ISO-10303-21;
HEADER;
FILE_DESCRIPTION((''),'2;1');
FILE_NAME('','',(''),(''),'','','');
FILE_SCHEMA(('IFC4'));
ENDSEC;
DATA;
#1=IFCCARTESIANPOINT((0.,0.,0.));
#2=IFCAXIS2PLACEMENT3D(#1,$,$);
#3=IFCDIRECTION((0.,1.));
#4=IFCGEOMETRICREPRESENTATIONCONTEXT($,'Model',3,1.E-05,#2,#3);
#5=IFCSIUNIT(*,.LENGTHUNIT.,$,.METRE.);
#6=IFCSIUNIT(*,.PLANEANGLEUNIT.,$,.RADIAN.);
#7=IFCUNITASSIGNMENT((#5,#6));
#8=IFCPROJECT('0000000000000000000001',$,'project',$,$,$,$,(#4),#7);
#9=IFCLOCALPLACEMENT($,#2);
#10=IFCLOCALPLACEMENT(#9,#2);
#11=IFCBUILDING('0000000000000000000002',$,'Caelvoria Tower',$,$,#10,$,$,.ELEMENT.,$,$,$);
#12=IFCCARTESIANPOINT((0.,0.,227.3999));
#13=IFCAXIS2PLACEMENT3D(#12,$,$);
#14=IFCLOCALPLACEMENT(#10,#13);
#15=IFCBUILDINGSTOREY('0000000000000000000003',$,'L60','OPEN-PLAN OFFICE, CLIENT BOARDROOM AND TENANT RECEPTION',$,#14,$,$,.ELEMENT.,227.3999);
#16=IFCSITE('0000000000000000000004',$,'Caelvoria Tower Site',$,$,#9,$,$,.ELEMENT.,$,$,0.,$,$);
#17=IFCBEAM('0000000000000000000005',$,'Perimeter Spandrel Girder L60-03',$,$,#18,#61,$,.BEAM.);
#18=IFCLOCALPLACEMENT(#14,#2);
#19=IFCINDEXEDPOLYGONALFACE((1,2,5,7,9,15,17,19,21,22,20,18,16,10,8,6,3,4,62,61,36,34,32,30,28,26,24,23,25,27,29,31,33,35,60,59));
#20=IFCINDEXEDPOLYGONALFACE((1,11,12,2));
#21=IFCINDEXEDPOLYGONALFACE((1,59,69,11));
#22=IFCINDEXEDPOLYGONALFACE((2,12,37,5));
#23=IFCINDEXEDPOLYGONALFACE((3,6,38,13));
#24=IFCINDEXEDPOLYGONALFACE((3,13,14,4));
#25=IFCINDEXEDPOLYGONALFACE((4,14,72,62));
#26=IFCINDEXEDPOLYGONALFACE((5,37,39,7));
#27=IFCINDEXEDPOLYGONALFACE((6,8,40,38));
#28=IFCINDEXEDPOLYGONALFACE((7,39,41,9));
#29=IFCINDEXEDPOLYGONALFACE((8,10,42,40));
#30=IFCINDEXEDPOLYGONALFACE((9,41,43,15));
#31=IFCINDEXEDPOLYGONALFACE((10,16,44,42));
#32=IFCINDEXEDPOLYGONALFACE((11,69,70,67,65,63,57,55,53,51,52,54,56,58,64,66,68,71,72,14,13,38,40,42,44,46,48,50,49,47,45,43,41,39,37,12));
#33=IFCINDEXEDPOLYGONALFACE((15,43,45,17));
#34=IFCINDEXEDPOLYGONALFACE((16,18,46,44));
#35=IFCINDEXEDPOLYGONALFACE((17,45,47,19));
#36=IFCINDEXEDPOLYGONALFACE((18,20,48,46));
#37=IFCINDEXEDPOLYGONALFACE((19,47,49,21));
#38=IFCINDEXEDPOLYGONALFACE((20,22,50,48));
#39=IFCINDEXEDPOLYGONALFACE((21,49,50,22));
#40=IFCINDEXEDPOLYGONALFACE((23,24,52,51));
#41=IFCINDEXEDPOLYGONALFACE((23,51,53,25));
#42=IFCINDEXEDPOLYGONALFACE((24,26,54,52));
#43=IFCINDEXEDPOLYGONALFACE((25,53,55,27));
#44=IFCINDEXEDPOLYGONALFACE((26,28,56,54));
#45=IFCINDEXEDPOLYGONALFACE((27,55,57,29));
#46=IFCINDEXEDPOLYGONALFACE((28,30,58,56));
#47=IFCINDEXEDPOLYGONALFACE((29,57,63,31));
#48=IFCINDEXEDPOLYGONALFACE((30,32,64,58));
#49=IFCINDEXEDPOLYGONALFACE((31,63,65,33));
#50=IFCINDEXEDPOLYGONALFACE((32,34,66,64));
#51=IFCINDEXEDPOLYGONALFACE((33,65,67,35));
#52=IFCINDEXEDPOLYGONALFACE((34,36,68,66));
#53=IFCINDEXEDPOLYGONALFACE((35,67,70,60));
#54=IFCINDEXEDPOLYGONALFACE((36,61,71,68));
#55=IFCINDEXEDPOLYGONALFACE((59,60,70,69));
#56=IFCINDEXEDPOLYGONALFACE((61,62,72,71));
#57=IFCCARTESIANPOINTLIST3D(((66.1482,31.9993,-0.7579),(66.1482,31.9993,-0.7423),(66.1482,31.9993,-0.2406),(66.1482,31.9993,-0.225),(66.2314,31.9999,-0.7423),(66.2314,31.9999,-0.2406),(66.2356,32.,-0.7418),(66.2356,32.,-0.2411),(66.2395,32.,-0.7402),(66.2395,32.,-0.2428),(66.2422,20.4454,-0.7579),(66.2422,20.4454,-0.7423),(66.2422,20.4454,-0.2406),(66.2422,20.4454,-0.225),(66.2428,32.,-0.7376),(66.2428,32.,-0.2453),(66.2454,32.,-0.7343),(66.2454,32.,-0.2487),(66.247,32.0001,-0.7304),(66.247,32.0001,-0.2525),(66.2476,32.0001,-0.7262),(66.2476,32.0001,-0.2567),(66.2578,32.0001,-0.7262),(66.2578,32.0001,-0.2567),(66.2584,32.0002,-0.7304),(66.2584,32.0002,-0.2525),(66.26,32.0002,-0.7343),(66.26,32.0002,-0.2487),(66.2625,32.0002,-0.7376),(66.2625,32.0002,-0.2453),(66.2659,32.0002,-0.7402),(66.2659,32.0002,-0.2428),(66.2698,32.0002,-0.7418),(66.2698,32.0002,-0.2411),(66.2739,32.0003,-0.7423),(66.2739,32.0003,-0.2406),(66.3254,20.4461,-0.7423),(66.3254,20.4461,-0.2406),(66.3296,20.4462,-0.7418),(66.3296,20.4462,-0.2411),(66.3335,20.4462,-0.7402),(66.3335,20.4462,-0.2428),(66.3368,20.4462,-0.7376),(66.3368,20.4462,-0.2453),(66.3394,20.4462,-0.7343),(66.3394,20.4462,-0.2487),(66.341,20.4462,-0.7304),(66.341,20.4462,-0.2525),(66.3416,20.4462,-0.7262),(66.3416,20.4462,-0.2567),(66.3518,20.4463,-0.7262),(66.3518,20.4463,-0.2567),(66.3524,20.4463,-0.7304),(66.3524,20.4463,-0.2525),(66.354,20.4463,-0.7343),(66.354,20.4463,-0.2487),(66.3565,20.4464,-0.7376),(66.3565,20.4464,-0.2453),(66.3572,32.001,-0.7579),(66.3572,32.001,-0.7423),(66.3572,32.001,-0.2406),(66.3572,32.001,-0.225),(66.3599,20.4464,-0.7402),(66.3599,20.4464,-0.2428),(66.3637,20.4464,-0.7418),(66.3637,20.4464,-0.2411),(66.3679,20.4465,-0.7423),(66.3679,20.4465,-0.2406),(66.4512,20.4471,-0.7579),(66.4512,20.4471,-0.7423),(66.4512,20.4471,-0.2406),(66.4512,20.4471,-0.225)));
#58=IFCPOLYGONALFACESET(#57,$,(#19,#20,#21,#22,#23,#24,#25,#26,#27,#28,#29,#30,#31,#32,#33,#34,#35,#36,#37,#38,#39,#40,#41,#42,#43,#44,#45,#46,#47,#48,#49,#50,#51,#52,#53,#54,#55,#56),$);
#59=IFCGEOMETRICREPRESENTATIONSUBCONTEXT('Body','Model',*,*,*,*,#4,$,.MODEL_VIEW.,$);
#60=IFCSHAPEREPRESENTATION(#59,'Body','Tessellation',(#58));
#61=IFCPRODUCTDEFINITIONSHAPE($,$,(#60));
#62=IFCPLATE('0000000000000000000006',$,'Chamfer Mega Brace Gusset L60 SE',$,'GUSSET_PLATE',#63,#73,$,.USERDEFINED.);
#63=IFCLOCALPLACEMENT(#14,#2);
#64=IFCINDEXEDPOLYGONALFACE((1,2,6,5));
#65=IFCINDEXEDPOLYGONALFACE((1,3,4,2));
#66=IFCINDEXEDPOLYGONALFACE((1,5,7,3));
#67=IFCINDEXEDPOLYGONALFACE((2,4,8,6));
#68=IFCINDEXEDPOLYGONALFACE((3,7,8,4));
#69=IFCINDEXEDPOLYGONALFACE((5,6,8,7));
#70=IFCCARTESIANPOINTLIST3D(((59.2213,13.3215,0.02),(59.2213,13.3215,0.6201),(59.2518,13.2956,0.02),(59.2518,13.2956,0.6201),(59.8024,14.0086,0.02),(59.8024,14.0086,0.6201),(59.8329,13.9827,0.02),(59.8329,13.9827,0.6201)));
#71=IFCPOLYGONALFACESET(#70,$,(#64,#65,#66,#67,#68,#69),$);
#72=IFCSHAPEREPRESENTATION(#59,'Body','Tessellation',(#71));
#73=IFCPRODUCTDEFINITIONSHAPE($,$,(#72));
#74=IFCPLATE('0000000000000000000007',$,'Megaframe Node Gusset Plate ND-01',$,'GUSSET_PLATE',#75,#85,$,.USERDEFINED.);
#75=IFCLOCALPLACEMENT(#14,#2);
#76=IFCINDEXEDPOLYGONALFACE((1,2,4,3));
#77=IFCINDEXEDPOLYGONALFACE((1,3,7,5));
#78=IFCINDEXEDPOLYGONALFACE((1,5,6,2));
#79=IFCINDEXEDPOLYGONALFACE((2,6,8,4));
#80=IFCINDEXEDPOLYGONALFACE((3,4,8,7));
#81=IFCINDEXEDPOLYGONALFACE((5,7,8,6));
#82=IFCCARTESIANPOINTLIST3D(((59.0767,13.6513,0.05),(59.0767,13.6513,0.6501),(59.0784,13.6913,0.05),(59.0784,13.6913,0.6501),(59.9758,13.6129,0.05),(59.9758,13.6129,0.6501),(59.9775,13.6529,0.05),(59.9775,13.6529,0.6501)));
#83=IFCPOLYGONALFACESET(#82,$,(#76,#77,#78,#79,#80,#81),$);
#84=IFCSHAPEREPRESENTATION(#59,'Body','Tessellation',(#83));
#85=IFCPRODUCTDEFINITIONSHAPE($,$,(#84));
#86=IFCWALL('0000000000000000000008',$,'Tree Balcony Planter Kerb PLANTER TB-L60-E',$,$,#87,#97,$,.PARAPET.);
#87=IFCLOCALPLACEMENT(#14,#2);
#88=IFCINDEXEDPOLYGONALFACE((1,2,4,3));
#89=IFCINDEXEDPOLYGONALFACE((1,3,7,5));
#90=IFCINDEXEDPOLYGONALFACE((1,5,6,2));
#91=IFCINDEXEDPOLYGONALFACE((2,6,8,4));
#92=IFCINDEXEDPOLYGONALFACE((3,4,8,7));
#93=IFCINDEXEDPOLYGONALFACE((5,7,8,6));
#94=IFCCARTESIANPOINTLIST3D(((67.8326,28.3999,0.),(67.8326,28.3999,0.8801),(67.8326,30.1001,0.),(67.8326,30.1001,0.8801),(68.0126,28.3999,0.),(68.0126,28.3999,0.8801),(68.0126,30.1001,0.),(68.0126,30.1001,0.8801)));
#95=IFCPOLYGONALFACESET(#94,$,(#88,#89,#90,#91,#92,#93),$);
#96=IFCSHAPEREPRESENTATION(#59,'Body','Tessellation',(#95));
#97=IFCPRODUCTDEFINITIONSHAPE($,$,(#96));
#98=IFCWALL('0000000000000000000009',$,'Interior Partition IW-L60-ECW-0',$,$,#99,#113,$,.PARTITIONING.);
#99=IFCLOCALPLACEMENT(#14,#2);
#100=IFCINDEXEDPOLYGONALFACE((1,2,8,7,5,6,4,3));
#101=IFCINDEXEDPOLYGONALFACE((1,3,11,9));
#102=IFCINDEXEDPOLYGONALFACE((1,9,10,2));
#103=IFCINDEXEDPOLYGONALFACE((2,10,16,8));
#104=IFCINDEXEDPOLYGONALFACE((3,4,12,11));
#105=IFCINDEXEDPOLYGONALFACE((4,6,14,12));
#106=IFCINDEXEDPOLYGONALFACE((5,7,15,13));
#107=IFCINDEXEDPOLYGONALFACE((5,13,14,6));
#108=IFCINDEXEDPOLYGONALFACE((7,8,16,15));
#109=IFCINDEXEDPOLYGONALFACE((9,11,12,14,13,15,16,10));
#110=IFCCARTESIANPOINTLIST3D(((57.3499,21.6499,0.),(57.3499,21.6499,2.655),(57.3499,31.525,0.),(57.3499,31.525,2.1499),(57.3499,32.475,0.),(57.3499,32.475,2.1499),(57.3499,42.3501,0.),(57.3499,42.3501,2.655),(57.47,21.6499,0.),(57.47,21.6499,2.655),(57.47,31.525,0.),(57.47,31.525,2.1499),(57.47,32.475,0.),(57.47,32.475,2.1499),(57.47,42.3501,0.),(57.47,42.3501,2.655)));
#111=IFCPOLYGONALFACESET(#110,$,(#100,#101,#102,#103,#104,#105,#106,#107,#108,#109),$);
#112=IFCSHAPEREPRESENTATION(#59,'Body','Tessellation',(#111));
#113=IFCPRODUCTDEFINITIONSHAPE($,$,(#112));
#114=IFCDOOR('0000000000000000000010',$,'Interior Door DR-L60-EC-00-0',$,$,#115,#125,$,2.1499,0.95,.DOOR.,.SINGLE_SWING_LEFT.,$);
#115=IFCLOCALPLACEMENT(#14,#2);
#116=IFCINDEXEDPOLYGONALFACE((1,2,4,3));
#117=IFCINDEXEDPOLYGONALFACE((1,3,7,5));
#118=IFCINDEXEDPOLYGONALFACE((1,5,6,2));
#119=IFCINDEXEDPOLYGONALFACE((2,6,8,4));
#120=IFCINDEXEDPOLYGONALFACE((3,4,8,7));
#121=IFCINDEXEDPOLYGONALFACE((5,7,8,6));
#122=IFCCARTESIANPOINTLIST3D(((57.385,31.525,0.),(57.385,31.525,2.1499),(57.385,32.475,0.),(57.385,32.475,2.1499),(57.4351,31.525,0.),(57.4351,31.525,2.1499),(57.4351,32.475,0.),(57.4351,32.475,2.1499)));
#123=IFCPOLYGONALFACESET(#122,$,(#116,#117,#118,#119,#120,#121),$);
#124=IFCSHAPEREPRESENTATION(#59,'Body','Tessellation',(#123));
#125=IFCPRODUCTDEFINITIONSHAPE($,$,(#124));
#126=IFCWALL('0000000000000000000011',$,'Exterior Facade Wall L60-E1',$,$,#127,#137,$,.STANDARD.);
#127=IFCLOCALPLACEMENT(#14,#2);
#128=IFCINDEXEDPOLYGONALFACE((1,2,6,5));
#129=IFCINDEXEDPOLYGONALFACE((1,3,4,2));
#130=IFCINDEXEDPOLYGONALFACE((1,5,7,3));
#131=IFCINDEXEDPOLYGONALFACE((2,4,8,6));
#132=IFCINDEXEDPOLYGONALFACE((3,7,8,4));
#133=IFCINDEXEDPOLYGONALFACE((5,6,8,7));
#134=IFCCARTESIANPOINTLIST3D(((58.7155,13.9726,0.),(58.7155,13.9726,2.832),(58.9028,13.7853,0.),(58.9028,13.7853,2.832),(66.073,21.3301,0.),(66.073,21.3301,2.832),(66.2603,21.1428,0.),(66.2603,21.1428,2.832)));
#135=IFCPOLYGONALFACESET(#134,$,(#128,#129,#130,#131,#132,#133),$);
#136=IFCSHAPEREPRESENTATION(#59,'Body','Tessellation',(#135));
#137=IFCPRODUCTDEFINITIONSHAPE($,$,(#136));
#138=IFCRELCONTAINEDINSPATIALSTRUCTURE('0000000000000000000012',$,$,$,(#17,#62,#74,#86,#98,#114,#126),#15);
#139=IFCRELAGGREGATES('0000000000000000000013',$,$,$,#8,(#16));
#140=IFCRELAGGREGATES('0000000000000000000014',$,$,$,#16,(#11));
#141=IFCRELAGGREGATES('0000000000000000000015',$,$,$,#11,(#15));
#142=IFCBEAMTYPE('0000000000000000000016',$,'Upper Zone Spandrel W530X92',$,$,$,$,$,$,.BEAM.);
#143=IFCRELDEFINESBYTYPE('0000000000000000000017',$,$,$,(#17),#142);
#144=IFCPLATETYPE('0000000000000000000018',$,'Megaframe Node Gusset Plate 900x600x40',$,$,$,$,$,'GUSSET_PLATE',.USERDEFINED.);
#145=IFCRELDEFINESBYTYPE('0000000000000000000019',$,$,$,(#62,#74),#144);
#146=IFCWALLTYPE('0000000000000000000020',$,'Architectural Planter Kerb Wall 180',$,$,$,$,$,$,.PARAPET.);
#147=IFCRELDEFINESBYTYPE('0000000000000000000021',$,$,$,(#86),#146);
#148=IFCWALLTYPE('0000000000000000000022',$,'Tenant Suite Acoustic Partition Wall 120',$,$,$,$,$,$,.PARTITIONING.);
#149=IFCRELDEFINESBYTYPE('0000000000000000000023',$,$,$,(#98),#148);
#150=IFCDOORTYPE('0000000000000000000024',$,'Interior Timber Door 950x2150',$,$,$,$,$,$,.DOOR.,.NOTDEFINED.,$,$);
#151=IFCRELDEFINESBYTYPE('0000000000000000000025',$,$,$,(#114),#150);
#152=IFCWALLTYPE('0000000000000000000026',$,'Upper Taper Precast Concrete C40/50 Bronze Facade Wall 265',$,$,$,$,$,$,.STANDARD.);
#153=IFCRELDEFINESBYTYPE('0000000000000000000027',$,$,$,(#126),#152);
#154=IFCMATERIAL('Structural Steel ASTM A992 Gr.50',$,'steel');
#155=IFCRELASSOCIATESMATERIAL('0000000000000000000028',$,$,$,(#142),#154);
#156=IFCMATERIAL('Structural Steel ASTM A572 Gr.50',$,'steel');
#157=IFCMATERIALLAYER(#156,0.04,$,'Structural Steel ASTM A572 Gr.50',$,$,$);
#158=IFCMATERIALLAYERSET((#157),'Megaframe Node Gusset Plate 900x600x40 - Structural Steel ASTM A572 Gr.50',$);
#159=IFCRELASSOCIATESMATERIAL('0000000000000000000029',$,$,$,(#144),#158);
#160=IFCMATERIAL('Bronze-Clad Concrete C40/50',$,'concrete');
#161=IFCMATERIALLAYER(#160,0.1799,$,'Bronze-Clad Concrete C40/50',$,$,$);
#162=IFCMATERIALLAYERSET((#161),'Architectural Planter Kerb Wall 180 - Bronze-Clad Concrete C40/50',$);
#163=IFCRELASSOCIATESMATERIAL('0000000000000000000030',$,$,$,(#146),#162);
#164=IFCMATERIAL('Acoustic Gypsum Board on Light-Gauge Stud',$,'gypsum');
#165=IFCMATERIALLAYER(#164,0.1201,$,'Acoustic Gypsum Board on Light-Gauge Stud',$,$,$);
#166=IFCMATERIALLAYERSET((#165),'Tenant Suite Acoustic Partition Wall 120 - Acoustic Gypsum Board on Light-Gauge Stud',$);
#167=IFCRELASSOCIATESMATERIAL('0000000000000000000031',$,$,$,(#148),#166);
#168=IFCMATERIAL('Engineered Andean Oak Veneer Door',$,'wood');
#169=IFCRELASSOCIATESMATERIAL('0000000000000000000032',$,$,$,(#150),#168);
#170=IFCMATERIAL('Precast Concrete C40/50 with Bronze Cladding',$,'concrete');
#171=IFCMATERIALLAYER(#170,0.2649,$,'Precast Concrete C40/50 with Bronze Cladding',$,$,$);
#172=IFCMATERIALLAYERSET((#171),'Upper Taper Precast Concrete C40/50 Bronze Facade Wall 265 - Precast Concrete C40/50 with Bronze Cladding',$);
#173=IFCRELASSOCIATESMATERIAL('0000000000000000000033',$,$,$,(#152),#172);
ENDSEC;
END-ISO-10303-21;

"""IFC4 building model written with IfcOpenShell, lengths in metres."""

from ifc_helpers import new_model, si_unit, direction, frame, frame_2d, origin, origin_2d, place, context, subcontext, project, spatial, rectangle, i_section, extrude, material, layer, layer_set, material_profile, profile_set, type_object, element, fill, save


model = new_model("IFC4")

# Units and contexts
model_context = context("Model", 3, precision=1e-05, world=origin(), true_north=direction((0.0, 1.0)))
body_context = subcontext(model_context, "Body", "Model", "MODEL_VIEW")
ifc_project = project(units=[si_unit("LENGTHUNIT", "METRE"), si_unit("PLANEANGLEUNIT", "RADIAN")], contexts=[model_context])

# Site, building, storey
site_placement = place(None, origin())
site = spatial("IfcSite", under=ifc_project, at=site_placement, Name="Caelvoria Tower Site", CompositionType="ELEMENT", RefElevation=0.0)
building_placement = place(site_placement, origin())
building = spatial("IfcBuilding", under=site, at=building_placement, Name="Caelvoria Tower", CompositionType="ELEMENT")
storey_placement = place(building_placement, frame((0.0, 0.0, 227.3999)))
storey = spatial("IfcBuildingStorey", under=building, at=storey_placement, Name="L60", Description="OPEN-PLAN OFFICE, CLIENT BOARDROOM AND TENANT RECEPTION", CompositionType="ELEMENT", Elevation=227.3999)

# Shared definitions
ifc_material_1 = material(Name="Structural Steel ASTM A572 Gr.50", Category="steel")

# Shared definitions
ifc_material_2 = material(Name="Structural Steel ASTM A992 Gr.50", Category="steel")

# Beam
ifc_material_profile_1 = material_profile(ifc_material_2, i_section(OverallWidth=0.209, OverallDepth=0.533, WebThickness=0.0103, FlangeThickness=0.0156, FilletRadius=0.0161, at=origin_2d()), Name="Structural Steel ASTM A992 Gr.50")
ifc_profile_set_1 = profile_set([ifc_material_profile_1], Name="W530X92 - Structural Steel ASTM A992 Gr.50")
beam_type_1 = type_object("IfcBeamType", Name="Upper Zone Spandrel W530X92", PredefinedType="BEAM", material=ifc_profile_set_1)
beam_1_placement = place(storey_placement, frame((66.3467, 20.4463, -0.4915), z_axis=(-0.008135, 0.999967, 0.0), x_axis=(-0.999967, -0.008135, 0.0)))
element("IfcBeam", 1, at=beam_1_placement, inside=storey, type_object=beam_type_1, Name="Perimeter Spandrel Girder L60-03", PredefinedType="BEAM", context=body_context, shape_type="SweptSolid", body=[
    extrude(i_section(OverallWidth=0.209, OverallDepth=0.533, WebThickness=0.0103, FlangeThickness=0.0156, FilletRadius=0.0161, at=origin_2d()), origin(), (0.0, 0.0, 1.0), 11.5542),
])

# Plates
ifc_layer_1 = layer(ifc_material_1, 0.04, Name="Structural Steel ASTM A572 Gr.50")
ifc_layer_set_1 = layer_set([ifc_layer_1], Name="Megaframe Node Gusset Plate 900x600x40 - Structural Steel ASTM A572 Gr.50")
plate_type = type_object("IfcPlateType", Name="Megaframe Node Gusset Plate 900x600x40", ElementType="GUSSET_PLATE", PredefinedType="USERDEFINED", material=ifc_layer_set_1)
for number, where, z_axis, x_axis, name in (
    (2, (59.5271, 13.6521, 0.02), (0.0, 0.0, 1.0), (0.645735, 0.763562, 0.0), "Chamfer Mega Brace Gusset L60 SE"),
    (3, (59.5271, 13.6521, 0.05), (0.0, 0.0, 1.0), (-0.999092, 0.042608, 0.0), "Megaframe Node Gusset Plate ND-01"),
):
    element("IfcPlate", number, at=place(storey_placement, frame(where, z_axis=z_axis, x_axis=x_axis)), inside=storey, type_object=plate_type, Name=name, ObjectType="GUSSET_PLATE", PredefinedType="USERDEFINED", context=body_context, shape_type="SweptSolid", body=[
        extrude(rectangle(XDim=0.8999, YDim=0.04, at=origin_2d()), origin(), (0.0, 0.0, 1.0), 0.6001),
    ])

# Wall
ifc_material_3 = material(Name="Bronze-Clad Concrete C40/50", Category="concrete")
ifc_layer_2 = layer(ifc_material_3, 0.1799, Name="Bronze-Clad Concrete C40/50")
ifc_layer_set_2 = layer_set([ifc_layer_2], Name="Architectural Planter Kerb Wall 180 - Bronze-Clad Concrete C40/50")
wall_type_1 = type_object("IfcWallType", Name="Architectural Planter Kerb Wall 180", PredefinedType="PARAPET", material=ifc_layer_set_2)
wall_1_placement = place(storey_placement, frame((67.9226, 28.3999, 0.0), z_axis=(0.0, 0.0, 1.0), x_axis=(0.0, 1.0, 0.0)))
element("IfcWall", 4, at=wall_1_placement, inside=storey, type_object=wall_type_1, Name="Tree Balcony Planter Kerb PLANTER TB-L60-E", PredefinedType="PARAPET", context=body_context, shape_type="SweptSolid", body=[
    extrude(rectangle(XDim=1.7002, YDim=0.1799, at=frame_2d((0.8501, 0.0))), origin(), (0.0, 0.0, 1.0), 0.8801),
])

# Wall, opening, door
ifc_material_4 = material(Name="Acoustic Gypsum Board on Light-Gauge Stud", Category="gypsum")
ifc_layer_3 = layer(ifc_material_4, 0.1201, Name="Acoustic Gypsum Board on Light-Gauge Stud")
ifc_layer_set_3 = layer_set([ifc_layer_3], Name="Tenant Suite Acoustic Partition Wall 120 - Acoustic Gypsum Board on Light-Gauge Stud")
wall_type_2 = type_object("IfcWallType", Name="Tenant Suite Acoustic Partition Wall 120", PredefinedType="PARTITIONING", material=ifc_layer_set_3)
wall_2_placement = place(storey_placement, frame((57.4099, 21.6499, 0.0), z_axis=(0.0, 0.0, 1.0), x_axis=(0.0, 1.0, 0.0)))
wall_2 = element("IfcWall", 5, at=wall_2_placement, inside=storey, type_object=wall_type_2, Name="Interior Partition IW-L60-ECW-0", PredefinedType="PARTITIONING", context=body_context, shape_type="SweptSolid", body=[
    extrude(rectangle(XDim=20.7002, YDim=0.1201, at=frame_2d((10.3501, 0.0))), origin(), (0.0, 0.0, 1.0), 2.655),
])
opening_1_placement = place(wall_2_placement, frame((9.875, 0.0, 0.0)))
opening_1 = element("IfcOpeningElement", 6, at=opening_1_placement, cuts=wall_2, PredefinedType="OPENING", context=body_context, shape_type="SweptSolid", body=[
    extrude(rectangle(XDim=0.95, YDim=2.1499, at=frame_2d((0.4751, 1.075))), frame((0.0, 0.0701, 0.0), z_axis=(0.0, -1.0, 0.0), x_axis=(1.0, 0.0, 0.0)), (0.0, 0.0, 1.0), 0.1401),
])
ifc_material_5 = material(Name="Engineered Andean Oak Veneer Door", Category="wood")
door_type_1 = type_object("IfcDoorType", Name="Interior Timber Door 950x2150", OperationType="NOTDEFINED", PredefinedType="DOOR", material=ifc_material_5)
door_1_placement = place(opening_1_placement, origin())
door_1 = element("IfcDoor", 7, at=door_1_placement, inside=storey, type_object=door_type_1, Name="Interior Door DR-L60-EC-00-0", OperationType="SINGLE_SWING_LEFT", OverallHeight=2.1499, OverallWidth=0.95, PredefinedType="DOOR", context=body_context, shape_type="SweptSolid", body=[
    extrude(rectangle(XDim=0.95, YDim=2.1499, at=frame_2d((0.4751, 1.075))), frame((0.0, 0.0249, 0.0), z_axis=(0.0, -1.0, 0.0), x_axis=(1.0, 0.0, 0.0)), (0.0, 0.0, 1.0), 0.05),
])
fill(opening_1, door_1)

# Wall
ifc_material_6 = material(Name="Precast Concrete C40/50 with Bronze Cladding", Category="concrete")
ifc_layer_4 = layer(ifc_material_6, 0.2649, Name="Precast Concrete C40/50 with Bronze Cladding")
ifc_layer_set_4 = layer_set([ifc_layer_4], Name="Upper Taper Precast Concrete C40/50 Bronze Facade Wall 265 - Precast Concrete C40/50 with Bronze Cladding")
wall_type_3 = type_object("IfcWallType", Name="Upper Taper Precast Concrete C40/50 Bronze Facade Wall 265", PredefinedType="STANDARD", material=ifc_layer_set_4)
wall_3_placement = place(storey_placement, frame((58.8091, 13.8789, 0.0), z_axis=(0.0, 0.0, 1.0), x_axis=(0.707107, 0.707107, 0.0)))
element("IfcWall", 8, at=wall_3_placement, inside=storey, type_object=wall_type_3, Name="Exterior Facade Wall L60-E1", PredefinedType="STANDARD", context=body_context, shape_type="SweptSolid", body=[
    extrude(rectangle(XDim=10.405, YDim=0.2649, at=frame_2d((5.2026, 0.0))), origin(), (0.0, 0.0, 1.0), 2.832),
])

save(model, "model.ifc")
